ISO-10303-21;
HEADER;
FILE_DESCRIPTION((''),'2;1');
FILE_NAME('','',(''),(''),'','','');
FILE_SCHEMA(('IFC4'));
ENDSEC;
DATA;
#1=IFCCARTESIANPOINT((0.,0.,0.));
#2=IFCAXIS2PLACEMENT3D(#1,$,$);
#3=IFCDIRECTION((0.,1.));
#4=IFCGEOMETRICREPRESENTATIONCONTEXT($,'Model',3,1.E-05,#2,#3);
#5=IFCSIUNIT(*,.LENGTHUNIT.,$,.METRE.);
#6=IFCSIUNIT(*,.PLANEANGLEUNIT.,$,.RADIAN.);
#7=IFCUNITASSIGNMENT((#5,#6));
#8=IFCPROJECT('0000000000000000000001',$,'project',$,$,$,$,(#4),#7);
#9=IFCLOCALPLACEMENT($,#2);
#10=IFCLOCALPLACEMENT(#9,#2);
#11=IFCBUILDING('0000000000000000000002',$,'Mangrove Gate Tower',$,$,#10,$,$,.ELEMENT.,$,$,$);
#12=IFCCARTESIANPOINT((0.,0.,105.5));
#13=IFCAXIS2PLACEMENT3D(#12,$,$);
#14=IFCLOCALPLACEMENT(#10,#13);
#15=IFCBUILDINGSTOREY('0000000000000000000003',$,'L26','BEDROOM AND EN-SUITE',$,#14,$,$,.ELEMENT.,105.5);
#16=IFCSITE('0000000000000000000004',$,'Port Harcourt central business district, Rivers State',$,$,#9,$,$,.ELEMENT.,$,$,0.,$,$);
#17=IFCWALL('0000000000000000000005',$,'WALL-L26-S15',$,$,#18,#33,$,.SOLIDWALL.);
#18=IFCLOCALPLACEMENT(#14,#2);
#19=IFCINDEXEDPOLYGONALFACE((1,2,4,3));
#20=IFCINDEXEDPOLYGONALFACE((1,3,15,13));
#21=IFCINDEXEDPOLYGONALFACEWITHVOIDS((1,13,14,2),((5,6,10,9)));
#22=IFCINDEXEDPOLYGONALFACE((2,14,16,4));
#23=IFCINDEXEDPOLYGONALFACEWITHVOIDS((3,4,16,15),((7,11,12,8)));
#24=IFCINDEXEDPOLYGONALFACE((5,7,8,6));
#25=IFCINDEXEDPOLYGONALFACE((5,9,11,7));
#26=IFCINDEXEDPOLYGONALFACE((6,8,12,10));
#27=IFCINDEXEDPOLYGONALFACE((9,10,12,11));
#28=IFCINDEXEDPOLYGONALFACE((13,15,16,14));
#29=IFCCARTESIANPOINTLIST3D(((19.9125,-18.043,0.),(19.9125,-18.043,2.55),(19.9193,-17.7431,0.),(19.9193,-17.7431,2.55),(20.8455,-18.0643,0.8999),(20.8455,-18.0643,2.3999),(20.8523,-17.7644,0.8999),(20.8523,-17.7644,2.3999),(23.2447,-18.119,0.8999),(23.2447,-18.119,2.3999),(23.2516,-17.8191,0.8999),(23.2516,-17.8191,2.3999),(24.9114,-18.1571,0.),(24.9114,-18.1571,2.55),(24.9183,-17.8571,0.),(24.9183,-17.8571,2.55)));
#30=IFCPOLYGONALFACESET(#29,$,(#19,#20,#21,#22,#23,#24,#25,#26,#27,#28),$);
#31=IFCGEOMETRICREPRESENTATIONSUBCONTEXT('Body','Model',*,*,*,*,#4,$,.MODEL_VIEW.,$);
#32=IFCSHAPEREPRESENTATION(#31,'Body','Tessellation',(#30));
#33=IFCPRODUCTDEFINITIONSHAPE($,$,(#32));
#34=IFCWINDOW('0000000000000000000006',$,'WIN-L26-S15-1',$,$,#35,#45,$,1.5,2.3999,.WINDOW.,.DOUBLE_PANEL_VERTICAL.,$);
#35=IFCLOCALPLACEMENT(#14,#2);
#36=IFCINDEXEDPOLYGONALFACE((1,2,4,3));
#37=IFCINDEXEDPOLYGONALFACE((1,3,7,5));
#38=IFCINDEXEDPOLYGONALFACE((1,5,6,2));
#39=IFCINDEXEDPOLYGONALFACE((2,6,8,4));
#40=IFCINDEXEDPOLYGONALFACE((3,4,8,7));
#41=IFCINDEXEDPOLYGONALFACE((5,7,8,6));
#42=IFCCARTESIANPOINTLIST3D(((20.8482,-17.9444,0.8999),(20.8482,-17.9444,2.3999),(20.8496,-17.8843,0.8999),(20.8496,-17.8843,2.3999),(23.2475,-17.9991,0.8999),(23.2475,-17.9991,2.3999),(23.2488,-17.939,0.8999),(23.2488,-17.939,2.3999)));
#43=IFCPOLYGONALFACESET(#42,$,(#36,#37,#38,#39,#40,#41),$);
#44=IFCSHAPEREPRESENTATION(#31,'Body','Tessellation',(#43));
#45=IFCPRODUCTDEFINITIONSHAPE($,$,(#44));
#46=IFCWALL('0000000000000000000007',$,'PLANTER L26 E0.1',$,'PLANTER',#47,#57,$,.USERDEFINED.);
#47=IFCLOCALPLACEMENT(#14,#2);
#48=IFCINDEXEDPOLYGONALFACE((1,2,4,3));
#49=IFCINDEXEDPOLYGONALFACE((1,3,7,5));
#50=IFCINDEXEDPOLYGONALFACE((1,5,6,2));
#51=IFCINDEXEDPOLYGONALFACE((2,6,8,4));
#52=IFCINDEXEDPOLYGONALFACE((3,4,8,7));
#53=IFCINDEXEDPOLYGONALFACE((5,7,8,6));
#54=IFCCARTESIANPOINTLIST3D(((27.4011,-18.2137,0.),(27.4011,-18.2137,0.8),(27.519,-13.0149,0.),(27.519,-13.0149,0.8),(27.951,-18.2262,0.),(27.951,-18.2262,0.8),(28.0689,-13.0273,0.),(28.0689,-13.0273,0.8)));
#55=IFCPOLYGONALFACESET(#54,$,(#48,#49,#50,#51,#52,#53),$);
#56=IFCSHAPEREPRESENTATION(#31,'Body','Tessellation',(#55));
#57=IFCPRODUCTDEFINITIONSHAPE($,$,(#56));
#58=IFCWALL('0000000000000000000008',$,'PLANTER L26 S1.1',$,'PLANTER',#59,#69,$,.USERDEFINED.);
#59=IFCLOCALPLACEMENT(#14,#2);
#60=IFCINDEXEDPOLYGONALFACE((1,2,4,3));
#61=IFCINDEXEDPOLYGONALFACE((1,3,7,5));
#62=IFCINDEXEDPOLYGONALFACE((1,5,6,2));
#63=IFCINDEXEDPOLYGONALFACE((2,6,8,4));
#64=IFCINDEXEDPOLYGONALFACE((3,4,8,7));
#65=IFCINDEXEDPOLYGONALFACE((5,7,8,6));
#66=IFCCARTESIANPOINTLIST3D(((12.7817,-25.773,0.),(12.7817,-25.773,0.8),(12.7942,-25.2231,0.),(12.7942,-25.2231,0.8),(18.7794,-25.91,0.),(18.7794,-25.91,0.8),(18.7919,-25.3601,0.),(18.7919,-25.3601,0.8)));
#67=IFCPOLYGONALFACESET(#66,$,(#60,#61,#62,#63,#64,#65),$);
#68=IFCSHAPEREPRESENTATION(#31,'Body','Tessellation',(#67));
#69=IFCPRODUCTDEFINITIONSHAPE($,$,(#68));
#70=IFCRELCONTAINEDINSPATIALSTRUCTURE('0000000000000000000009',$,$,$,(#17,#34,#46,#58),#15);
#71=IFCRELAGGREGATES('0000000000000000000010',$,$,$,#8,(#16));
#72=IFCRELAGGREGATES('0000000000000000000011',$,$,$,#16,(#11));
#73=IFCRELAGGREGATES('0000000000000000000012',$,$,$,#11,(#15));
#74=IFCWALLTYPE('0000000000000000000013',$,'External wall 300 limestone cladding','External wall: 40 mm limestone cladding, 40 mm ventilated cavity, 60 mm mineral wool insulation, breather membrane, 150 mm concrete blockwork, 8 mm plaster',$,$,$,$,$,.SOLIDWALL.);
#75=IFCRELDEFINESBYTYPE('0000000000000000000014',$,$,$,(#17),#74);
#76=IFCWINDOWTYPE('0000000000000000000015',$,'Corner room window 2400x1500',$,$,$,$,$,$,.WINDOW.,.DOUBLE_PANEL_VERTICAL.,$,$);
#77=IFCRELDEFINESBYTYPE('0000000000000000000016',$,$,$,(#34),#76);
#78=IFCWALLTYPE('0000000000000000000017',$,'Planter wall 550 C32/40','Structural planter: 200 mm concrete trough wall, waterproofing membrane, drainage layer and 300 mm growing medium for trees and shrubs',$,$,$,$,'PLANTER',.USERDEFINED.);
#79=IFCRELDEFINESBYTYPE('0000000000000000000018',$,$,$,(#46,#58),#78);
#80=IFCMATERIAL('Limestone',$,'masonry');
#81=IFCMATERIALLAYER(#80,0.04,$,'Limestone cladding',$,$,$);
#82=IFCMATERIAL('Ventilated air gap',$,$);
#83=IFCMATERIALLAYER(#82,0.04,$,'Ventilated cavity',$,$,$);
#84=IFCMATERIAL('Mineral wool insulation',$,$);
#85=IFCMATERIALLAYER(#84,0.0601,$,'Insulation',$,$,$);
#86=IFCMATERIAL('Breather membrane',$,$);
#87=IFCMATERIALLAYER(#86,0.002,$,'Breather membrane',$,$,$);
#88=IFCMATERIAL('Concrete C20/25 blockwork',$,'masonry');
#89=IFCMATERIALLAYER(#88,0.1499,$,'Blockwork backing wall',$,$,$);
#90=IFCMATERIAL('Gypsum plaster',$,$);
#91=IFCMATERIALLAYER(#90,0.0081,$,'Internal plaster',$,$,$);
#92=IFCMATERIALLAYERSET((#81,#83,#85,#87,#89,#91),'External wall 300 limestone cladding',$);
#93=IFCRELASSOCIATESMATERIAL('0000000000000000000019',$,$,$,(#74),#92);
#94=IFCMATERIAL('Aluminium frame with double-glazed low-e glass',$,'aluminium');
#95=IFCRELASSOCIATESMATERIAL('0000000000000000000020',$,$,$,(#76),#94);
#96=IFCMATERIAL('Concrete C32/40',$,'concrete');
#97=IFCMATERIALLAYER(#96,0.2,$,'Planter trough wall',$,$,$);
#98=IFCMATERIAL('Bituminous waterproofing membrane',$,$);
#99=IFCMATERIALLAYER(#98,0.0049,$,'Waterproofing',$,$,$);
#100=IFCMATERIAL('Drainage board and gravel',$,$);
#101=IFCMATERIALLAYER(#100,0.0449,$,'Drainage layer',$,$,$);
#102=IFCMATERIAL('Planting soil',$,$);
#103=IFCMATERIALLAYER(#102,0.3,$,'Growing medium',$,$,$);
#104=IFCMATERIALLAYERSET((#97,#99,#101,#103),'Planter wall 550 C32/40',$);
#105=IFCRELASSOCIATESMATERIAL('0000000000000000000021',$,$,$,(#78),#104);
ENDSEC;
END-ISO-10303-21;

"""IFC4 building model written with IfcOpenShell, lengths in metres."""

from ifc_helpers import new_model, si_unit, direction, frame, frame_2d, origin, place, context, subcontext, project, spatial, rectangle, extrude, material, layer, layer_set, type_object, element, fill, save


model = new_model("IFC4")

# Units and contexts
model_context = context("Model", 3, precision=1e-05, world=origin(), true_north=direction((0.0, 1.0)))
body_context = subcontext(model_context, "Body", "Model", "MODEL_VIEW")
ifc_project = project(units=[si_unit("LENGTHUNIT", "METRE"), si_unit("PLANEANGLEUNIT", "RADIAN")], contexts=[model_context])

# Site, building, storey
site_placement = place(None, origin())
site = spatial("IfcSite", under=ifc_project, at=site_placement, Name="Port Harcourt central business district, Rivers State", CompositionType="ELEMENT", RefElevation=0.0)
building_placement = place(site_placement, origin())
building = spatial("IfcBuilding", under=site, at=building_placement, Name="Mangrove Gate Tower", CompositionType="ELEMENT")
storey_placement = place(building_placement, frame((0.0, 0.0, 105.5)))
storey = spatial("IfcBuildingStorey", under=building, at=storey_placement, Name="L26", Description="BEDROOM AND EN-SUITE", CompositionType="ELEMENT", Elevation=105.5)

# Shared definitions
ifc_material_1 = material(Name="Limestone", Category="masonry")
ifc_layer_1 = layer(ifc_material_1, 0.04, Name="Limestone cladding")
ifc_material_2 = material(Name="Ventilated air gap")
ifc_layer_2 = layer(ifc_material_2, 0.04, Name="Ventilated cavity")
ifc_material_3 = material(Name="Mineral wool insulation")
ifc_layer_3 = layer(ifc_material_3, 0.0601, Name="Insulation")
ifc_material_4 = material(Name="Breather membrane")
ifc_layer_4 = layer(ifc_material_4, 0.002, Name="Breather membrane")
ifc_material_5 = material(Name="Concrete C20/25 blockwork", Category="masonry")
ifc_layer_5 = layer(ifc_material_5, 0.1499, Name="Blockwork backing wall")
ifc_material_6 = material(Name="Gypsum plaster")
ifc_layer_6 = layer(ifc_material_6, 0.0081, Name="Internal plaster")
ifc_layer_set_1 = layer_set([ifc_layer_1, ifc_layer_2, ifc_layer_3, ifc_layer_4, ifc_layer_5, ifc_layer_6], Name="External wall 300 limestone cladding")
wall_type_1 = type_object("IfcWallType", Name="External wall 300 limestone cladding", Description="External wall: 40 mm limestone cladding, 40 mm ventilated cavity, 60 mm mineral wool insulation, breather membrane, 150 mm concrete blockwork, 8 mm plaster", PredefinedType="SOLIDWALL", material=ifc_layer_set_1)
ifc_material_7 = material(Name="Aluminium frame with double-glazed low-e glass", Category="aluminium")
window_type = type_object("IfcWindowType", Name="Corner room window 2400x1500", PartitioningType="DOUBLE_PANEL_VERTICAL", PredefinedType="WINDOW", material=ifc_material_7)

# Wall, opening, window
wall_1_placement = place(storey_placement, frame((19.916, -17.8931, 0.0), z_axis=(0.0, 0.0, 1.0), x_axis=(0.99974, -0.022801, 0.0)))
wall_1 = element("IfcWall", 1, at=wall_1_placement, inside=storey, type_object=wall_type_1, Name="WALL-L26-S15", PredefinedType="SOLIDWALL", context=body_context, shape_type="SweptSolid", body=[
    extrude(rectangle(XDim=5.0002, YDim=0.3, at=frame_2d((2.5, 0.0))), origin(), (0.0, 0.0, 1.0), 2.55),
])
opening_1_placement = place(wall_1_placement, frame((0.9331, 0.0, 0.8999)))
opening_1 = element("IfcOpeningElement", 2, at=opening_1_placement, cuts=wall_1, PredefinedType="OPENING", context=body_context, shape_type="SweptSolid", body=[
    extrude(rectangle(XDim=2.3999, YDim=1.5, at=frame_2d((1.2, 0.75))), frame((0.0, 0.1599, 0.0), z_axis=(0.0, -1.0, 0.0), x_axis=(1.0, 0.0, 0.0)), (0.0, 0.0, 1.0), 0.3201),
])
window_1_placement = place(opening_1_placement, origin())
window_1 = element("IfcWindow", 3, at=window_1_placement, inside=storey, type_object=window_type, Name="WIN-L26-S15-1", OverallHeight=1.5, OverallWidth=2.3999, PartitioningType="DOUBLE_PANEL_VERTICAL", PredefinedType="WINDOW", context=body_context, shape_type="SweptSolid", body=[
    extrude(rectangle(XDim=2.3999, YDim=1.5, at=frame_2d((1.2, 0.75))), frame((0.0, 0.03, 0.0), z_axis=(0.0, -1.0, 0.0), x_axis=(1.0, 0.0, 0.0)), (0.0, 0.0, 1.0), 0.0601),
])
fill(opening_1, window_1)

# Walls
ifc_material_8 = material(Name="Concrete C32/40", Category="concrete")
ifc_layer_7 = layer(ifc_material_8, 0.2, Name="Planter trough wall")
ifc_material_9 = material(Name="Bituminous waterproofing membrane")
ifc_layer_8 = layer(ifc_material_9, 0.0049, Name="Waterproofing")
ifc_material_10 = material(Name="Drainage board and gravel")
ifc_layer_9 = layer(ifc_material_10, 0.0449, Name="Drainage layer")
ifc_material_11 = material(Name="Planting soil")
ifc_layer_10 = layer(ifc_material_11, 0.3, Name="Growing medium")
ifc_layer_set_2 = layer_set([ifc_layer_7, ifc_layer_8, ifc_layer_9, ifc_layer_10], Name="Planter wall 550 C32/40")
wall_type_2 = type_object("IfcWallType", Name="Planter wall 550 C32/40", Description="Structural planter: 200 mm concrete trough wall, waterproofing membrane, drainage layer and 300 mm growing medium for trees and shrubs", ElementType="PLANTER", PredefinedType="USERDEFINED", material=ifc_layer_set_2)
wall_2_placement = place(storey_placement, frame((27.676, -18.22, 0.0), z_axis=(0.0, 0.0, 1.0), x_axis=(0.022676, 0.999743, 0.0)))
element("IfcWall", 4, at=wall_2_placement, inside=storey, type_object=wall_type_2, Name="PLANTER L26 E0.1", ObjectType="PLANTER", PredefinedType="USERDEFINED", context=body_context, shape_type="SweptSolid", body=[
    extrude(rectangle(XDim=5.2002, YDim=0.55, at=frame_2d((2.6001, 0.0))), origin(), (0.0, 0.0, 1.0), 0.8),
])
wall_3_placement = place(storey_placement, frame((12.7881, -25.498, 0.0), z_axis=(0.0, 0.0, 1.0), x_axis=(0.999739, -0.02283, 0.0)))
element("IfcWall", 5, at=wall_3_placement, inside=storey, type_object=wall_type_2, Name="PLANTER L26 S1.1", ObjectType="PLANTER", PredefinedType="USERDEFINED", context=body_context, shape_type="SweptSolid", body=[
    extrude(rectangle(XDim=5.9993, YDim=0.55, at=frame_2d((2.9995, 0.0))), origin(), (0.0, 0.0, 1.0), 0.8),
])

save(model, "model.ifc")
